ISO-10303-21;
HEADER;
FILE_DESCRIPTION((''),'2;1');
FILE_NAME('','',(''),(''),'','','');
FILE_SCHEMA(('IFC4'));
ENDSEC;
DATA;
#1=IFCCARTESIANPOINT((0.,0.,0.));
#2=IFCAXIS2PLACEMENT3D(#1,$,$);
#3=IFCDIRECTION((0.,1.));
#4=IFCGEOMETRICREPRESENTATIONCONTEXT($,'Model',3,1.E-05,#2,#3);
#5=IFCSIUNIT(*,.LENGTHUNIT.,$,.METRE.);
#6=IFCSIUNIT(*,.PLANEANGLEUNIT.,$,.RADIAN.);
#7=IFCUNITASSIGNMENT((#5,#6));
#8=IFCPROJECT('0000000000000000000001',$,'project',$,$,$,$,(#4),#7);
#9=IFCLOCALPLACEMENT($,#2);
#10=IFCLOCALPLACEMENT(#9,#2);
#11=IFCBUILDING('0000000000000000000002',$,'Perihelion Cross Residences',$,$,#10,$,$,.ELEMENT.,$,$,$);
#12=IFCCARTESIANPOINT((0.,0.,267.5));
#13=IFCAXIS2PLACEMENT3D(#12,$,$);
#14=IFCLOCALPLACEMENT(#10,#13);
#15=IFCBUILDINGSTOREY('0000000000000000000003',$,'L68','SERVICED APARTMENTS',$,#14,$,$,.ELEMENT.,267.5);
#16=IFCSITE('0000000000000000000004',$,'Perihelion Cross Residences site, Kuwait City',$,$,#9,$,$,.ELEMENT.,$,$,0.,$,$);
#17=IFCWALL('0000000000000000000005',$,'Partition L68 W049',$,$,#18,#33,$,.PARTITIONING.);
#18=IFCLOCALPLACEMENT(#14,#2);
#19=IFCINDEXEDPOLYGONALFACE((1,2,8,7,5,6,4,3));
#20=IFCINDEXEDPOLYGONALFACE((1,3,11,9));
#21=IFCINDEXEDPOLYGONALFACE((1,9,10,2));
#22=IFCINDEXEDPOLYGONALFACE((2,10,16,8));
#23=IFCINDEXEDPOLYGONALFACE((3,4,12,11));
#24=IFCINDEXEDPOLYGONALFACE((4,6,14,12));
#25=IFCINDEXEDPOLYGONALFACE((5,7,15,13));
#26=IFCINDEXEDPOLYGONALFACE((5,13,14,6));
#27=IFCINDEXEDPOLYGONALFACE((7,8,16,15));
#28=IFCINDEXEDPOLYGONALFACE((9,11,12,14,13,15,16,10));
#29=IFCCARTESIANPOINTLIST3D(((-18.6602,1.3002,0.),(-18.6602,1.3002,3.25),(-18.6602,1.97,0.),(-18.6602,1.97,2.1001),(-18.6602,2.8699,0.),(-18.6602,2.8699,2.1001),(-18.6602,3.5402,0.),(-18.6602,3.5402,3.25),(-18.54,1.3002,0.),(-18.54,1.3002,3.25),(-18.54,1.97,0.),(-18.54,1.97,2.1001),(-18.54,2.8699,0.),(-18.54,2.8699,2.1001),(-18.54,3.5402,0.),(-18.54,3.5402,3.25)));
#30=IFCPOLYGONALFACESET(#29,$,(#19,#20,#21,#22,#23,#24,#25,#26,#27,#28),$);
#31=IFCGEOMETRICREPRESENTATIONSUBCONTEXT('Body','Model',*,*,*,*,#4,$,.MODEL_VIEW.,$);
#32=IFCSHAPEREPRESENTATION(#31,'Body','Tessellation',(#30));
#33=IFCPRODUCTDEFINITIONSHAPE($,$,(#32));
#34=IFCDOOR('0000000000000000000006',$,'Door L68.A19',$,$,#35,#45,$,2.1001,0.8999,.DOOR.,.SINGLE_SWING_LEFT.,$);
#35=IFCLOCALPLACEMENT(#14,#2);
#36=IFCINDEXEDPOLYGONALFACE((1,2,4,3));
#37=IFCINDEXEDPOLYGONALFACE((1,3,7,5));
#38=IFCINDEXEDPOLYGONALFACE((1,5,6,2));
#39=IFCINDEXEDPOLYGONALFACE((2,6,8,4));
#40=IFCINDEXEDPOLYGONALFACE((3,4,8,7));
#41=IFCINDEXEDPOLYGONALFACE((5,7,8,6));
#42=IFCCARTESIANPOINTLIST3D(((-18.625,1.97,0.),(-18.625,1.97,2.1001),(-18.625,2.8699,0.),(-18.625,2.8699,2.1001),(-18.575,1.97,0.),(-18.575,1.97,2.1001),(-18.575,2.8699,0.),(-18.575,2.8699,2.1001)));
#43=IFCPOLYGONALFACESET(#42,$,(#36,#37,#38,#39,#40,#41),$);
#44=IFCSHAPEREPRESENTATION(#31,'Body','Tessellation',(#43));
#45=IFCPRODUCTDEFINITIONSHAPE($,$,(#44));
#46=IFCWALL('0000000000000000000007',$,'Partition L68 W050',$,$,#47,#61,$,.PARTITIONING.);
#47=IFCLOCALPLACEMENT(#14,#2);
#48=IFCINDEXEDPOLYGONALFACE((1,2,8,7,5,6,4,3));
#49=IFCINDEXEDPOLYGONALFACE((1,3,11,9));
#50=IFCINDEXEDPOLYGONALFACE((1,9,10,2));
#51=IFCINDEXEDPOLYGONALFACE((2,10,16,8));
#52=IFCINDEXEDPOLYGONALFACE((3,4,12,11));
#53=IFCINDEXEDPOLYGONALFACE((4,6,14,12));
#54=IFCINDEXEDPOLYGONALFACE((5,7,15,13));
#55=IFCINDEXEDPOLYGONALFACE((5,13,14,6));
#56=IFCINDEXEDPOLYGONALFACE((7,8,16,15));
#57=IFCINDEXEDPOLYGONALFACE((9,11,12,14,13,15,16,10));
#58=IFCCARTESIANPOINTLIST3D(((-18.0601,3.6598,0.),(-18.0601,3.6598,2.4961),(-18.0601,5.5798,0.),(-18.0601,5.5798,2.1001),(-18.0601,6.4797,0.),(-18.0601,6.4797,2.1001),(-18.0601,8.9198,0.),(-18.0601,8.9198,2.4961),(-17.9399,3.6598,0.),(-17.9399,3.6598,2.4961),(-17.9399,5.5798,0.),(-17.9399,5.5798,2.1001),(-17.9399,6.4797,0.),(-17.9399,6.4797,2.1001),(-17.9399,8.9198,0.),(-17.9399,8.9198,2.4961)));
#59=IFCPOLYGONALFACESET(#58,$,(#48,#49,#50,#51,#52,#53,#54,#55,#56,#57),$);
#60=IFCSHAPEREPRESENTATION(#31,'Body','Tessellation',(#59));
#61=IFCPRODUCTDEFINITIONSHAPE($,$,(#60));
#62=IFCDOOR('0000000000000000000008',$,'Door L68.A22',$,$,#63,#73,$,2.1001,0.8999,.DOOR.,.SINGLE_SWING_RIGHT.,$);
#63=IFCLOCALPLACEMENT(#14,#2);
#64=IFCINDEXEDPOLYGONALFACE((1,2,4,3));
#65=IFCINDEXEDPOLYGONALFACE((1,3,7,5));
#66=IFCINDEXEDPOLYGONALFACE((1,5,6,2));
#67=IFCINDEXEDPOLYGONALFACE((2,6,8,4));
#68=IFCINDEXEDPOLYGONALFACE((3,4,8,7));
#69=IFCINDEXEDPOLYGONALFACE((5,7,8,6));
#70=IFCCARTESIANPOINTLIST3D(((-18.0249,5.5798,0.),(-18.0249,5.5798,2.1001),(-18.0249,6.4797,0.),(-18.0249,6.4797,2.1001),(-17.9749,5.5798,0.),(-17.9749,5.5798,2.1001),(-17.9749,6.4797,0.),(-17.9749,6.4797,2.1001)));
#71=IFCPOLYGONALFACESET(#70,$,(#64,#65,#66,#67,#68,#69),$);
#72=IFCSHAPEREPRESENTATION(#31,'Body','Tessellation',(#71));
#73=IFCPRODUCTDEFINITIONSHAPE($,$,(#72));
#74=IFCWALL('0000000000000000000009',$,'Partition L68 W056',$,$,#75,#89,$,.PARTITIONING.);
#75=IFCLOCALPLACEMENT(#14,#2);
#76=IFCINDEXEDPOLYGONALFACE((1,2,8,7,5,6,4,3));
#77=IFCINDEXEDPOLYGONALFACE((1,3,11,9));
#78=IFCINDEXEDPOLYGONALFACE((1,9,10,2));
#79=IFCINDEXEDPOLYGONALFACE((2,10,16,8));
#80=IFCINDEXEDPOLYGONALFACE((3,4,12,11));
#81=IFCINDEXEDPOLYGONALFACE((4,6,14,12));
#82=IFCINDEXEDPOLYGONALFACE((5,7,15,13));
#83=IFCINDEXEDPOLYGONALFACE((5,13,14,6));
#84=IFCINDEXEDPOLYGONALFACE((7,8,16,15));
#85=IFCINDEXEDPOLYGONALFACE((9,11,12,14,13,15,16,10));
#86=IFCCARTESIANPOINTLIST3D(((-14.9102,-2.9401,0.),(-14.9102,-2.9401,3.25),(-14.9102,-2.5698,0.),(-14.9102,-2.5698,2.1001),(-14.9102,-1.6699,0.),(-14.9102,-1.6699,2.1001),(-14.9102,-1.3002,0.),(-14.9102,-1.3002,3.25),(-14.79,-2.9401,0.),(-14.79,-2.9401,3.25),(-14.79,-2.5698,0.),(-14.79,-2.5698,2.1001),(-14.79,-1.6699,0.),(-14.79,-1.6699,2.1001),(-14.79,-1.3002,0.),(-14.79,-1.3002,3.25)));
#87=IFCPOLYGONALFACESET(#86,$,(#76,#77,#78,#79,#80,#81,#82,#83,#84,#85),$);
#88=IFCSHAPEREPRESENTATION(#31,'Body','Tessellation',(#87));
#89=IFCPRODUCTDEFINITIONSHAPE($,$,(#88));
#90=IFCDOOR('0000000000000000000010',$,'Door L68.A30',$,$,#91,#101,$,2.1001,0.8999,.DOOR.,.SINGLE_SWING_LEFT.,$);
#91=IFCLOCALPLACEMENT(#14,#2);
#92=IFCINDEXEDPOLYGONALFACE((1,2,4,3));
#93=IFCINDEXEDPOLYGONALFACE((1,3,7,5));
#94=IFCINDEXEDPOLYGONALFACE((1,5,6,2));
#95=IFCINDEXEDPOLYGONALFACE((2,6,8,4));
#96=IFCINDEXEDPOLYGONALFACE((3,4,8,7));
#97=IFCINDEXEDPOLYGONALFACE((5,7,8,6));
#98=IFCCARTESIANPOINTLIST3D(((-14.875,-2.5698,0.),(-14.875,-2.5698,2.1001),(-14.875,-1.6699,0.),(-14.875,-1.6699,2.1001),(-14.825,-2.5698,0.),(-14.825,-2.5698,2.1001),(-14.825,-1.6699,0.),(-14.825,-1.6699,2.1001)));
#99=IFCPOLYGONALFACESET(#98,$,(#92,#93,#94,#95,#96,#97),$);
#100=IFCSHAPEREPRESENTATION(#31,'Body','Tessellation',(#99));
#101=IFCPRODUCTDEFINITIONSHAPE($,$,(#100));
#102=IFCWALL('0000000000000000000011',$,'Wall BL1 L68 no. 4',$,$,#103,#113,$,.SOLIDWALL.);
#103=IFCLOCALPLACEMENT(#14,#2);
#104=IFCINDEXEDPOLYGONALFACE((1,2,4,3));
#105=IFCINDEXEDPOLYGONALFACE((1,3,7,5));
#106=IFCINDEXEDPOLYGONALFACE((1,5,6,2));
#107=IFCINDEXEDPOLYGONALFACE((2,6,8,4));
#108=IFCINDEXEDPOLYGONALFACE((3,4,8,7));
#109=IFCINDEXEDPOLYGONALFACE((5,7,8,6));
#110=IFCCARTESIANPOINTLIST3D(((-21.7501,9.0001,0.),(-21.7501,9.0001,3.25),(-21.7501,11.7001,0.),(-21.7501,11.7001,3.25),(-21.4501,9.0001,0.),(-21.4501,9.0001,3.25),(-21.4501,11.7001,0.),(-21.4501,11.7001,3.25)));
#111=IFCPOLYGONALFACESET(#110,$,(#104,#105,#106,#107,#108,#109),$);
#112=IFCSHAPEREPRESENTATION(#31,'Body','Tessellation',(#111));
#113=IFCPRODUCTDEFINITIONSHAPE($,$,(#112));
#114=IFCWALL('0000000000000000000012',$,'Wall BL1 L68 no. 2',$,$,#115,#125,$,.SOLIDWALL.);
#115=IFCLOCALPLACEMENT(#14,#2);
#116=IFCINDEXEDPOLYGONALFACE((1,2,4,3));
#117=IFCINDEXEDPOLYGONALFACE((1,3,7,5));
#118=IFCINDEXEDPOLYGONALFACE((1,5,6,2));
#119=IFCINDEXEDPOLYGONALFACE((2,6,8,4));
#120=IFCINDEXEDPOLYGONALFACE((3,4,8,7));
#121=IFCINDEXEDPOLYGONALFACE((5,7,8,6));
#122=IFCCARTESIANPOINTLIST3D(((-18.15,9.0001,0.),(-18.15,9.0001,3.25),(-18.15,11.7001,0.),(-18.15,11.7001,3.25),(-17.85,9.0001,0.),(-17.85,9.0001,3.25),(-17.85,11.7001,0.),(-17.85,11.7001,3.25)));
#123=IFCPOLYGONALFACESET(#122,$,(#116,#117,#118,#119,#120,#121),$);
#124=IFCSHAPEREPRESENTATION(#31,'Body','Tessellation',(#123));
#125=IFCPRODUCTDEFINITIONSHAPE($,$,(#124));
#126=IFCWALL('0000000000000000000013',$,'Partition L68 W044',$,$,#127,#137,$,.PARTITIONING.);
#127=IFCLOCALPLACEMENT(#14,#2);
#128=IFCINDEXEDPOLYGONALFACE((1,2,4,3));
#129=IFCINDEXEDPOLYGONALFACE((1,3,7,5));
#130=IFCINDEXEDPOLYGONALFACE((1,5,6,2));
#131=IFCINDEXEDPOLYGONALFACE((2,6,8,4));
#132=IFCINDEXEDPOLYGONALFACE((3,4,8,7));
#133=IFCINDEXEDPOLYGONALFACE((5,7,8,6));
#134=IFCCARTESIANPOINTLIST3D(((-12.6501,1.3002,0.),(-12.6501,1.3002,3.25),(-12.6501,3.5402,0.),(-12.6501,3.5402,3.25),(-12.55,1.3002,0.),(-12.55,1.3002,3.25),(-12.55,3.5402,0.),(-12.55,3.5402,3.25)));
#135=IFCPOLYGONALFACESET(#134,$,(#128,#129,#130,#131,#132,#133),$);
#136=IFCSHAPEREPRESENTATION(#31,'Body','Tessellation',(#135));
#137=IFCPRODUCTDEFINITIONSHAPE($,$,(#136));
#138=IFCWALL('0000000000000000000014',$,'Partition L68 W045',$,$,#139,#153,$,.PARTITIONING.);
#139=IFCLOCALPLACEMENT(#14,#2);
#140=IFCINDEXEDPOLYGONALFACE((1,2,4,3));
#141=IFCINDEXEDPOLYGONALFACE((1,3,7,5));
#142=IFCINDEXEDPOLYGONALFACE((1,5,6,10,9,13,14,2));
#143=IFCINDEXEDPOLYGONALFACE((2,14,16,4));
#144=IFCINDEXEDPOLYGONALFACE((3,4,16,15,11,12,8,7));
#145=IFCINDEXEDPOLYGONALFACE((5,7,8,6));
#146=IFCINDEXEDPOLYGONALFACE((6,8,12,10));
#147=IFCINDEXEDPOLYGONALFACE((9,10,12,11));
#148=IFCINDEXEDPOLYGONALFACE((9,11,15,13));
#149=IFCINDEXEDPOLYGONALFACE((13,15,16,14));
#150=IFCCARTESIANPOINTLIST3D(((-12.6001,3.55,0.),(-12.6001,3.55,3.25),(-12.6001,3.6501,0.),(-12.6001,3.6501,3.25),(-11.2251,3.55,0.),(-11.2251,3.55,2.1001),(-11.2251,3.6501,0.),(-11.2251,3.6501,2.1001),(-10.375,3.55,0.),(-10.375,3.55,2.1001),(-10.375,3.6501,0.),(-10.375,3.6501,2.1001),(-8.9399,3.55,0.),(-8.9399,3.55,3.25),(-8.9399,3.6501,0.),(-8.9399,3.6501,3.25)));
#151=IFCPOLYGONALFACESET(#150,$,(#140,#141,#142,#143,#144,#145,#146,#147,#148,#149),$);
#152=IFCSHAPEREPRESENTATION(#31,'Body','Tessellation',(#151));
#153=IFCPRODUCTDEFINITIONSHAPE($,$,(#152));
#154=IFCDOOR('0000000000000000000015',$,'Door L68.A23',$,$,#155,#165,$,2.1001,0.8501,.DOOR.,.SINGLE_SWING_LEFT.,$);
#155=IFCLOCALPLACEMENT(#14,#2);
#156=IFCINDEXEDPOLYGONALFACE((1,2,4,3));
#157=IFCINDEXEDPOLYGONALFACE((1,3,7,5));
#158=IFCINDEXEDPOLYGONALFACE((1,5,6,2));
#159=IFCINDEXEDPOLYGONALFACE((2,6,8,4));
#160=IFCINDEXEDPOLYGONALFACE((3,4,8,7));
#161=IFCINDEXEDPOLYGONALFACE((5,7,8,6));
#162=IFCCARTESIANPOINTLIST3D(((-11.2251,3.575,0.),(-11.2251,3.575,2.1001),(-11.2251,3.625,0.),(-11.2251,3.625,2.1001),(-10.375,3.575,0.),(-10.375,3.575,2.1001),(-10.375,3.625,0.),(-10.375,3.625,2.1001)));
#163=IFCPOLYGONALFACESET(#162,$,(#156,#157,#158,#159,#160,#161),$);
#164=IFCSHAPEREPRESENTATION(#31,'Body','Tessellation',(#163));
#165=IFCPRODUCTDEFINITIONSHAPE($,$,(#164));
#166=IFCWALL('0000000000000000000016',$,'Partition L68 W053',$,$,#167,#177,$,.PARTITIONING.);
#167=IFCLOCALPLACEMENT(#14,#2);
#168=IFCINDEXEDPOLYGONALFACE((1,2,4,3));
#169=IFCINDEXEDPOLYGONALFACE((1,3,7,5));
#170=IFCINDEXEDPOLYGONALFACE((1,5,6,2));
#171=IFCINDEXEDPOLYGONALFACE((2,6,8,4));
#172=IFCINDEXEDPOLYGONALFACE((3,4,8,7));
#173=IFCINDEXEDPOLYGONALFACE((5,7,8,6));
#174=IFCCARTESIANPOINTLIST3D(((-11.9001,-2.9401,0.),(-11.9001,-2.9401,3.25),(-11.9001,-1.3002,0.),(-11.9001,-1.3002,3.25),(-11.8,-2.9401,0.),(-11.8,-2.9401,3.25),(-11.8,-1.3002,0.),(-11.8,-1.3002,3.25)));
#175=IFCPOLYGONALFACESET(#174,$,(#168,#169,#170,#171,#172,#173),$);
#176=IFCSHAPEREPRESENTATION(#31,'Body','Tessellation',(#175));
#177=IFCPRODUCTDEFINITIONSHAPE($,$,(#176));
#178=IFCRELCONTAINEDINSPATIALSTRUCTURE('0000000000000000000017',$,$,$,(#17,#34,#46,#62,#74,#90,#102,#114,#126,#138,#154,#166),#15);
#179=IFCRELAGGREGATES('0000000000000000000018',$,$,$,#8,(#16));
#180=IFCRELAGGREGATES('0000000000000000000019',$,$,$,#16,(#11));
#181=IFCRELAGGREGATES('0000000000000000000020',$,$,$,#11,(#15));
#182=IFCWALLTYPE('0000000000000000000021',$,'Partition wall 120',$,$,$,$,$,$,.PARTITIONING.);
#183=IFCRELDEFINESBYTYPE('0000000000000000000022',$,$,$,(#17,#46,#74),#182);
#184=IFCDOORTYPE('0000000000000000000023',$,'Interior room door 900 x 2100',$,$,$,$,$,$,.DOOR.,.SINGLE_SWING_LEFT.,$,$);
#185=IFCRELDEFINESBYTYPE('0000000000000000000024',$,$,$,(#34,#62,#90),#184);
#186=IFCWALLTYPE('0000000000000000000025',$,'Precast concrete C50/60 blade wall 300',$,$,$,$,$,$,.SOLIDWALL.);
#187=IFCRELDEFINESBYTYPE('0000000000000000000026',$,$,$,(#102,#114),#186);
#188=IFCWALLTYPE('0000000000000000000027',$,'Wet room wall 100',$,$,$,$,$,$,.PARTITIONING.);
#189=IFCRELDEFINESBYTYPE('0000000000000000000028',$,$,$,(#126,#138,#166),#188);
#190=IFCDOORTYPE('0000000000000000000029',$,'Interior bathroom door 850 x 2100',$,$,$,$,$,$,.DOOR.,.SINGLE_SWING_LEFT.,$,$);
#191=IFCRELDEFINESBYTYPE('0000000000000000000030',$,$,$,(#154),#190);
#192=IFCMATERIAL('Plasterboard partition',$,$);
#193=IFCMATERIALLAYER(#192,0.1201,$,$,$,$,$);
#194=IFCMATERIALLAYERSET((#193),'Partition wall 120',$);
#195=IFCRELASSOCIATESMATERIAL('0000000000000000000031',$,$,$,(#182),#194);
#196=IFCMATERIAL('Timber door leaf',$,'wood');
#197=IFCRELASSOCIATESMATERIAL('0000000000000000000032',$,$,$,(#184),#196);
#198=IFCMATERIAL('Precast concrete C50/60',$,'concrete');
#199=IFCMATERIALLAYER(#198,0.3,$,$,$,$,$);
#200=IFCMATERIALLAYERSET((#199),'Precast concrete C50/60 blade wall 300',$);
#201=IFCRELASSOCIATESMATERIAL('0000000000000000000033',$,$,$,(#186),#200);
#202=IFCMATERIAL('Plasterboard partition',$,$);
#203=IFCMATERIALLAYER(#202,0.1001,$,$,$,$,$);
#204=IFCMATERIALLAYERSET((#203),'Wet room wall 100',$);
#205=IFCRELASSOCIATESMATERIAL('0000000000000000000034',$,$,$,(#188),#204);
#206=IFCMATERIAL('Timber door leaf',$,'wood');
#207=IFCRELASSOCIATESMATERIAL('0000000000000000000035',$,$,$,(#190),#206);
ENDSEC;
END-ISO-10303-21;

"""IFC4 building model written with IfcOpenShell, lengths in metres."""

from ifc_helpers import new_model, si_unit, direction, frame, frame_2d, origin, place, context, subcontext, project, spatial, rectangle, extrude, material, layer, layer_set, type_object, element, fill, save


model = new_model("IFC4")

# Units and contexts
model_context = context("Model", 3, precision=1e-05, world=origin(), true_north=direction((0.0, 1.0)))
body_context = subcontext(model_context, "Body", "Model", "MODEL_VIEW")
ifc_project = project(units=[si_unit("LENGTHUNIT", "METRE"), si_unit("PLANEANGLEUNIT", "RADIAN")], contexts=[model_context])

# Site, building, storey
site_placement = place(None, origin())
site = spatial("IfcSite", under=ifc_project, at=site_placement, Name="Perihelion Cross Residences site, Kuwait City", CompositionType="ELEMENT", RefElevation=0.0)
building_placement = place(site_placement, origin())
building = spatial("IfcBuilding", under=site, at=building_placement, Name="Perihelion Cross Residences", CompositionType="ELEMENT")
storey_placement = place(building_placement, frame((0.0, 0.0, 267.5)))
storey = spatial("IfcBuildingStorey", under=building, at=storey_placement, Name="L68", Description="SERVICED APARTMENTS", CompositionType="ELEMENT", Elevation=267.5)

# Walls, openings, doors
ifc_material_1 = material(Name="Plasterboard partition")
ifc_layer_1 = layer(ifc_material_1, 0.1201)
ifc_layer_set_1 = layer_set([ifc_layer_1], Name="Partition wall 120")
wall_type_1 = type_object("IfcWallType", Name="Partition wall 120", PredefinedType="PARTITIONING", material=ifc_layer_set_1)
ifc_material_2 = material(Name="Timber door leaf", Category="wood")
door_type_1 = type_object("IfcDoorType", Name="Interior room door 900 x 2100", OperationType="SINGLE_SWING_LEFT", PredefinedType="DOOR", material=ifc_material_2)
wall_1_placement = place(storey_placement, frame((-18.6001, 1.3, 0.0), z_axis=(0.0, 0.0, 1.0), x_axis=(0.0, 1.0, 0.0)))
wall_1 = element("IfcWall", 1, at=wall_1_placement, inside=storey, type_object=wall_type_1, Name="Partition L68 W049", PredefinedType="PARTITIONING", context=body_context, shape_type="SweptSolid", body=[
    extrude(rectangle(XDim=2.24, YDim=0.1201, at=frame_2d((1.1201, 0.0))), origin(), (0.0, 0.0, 1.0), 3.25),
])
opening_1_placement = place(wall_1_placement, frame((0.6699, 0.0, 0.0)))
opening_1 = element("IfcOpeningElement", 2, at=opening_1_placement, cuts=wall_1, PredefinedType="OPENING", context=body_context, shape_type="SweptSolid", body=[
    extrude(rectangle(XDim=0.8999, YDim=2.1001, at=frame_2d((0.45, 1.05))), frame((0.0, 0.0701, 0.0), z_axis=(0.0, -1.0, 0.0), x_axis=(1.0, 0.0, 0.0)), (0.0, 0.0, 1.0), 0.1401),
])
door_1_placement = place(opening_1_placement, origin())
door_1 = element("IfcDoor", 3, at=door_1_placement, inside=storey, type_object=door_type_1, Name="Door L68.A19", OperationType="SINGLE_SWING_LEFT", OverallHeight=2.1001, OverallWidth=0.8999, PredefinedType="DOOR", context=body_context, shape_type="SweptSolid", body=[
    extrude(rectangle(XDim=0.8999, YDim=2.1001, at=frame_2d((0.45, 1.05))), frame((0.0, 0.0249, 0.0), z_axis=(0.0, -1.0, 0.0), x_axis=(1.0, 0.0, 0.0)), (0.0, 0.0, 1.0), 0.05),
])
fill(opening_1, door_1)
wall_2_placement = place(storey_placement, frame((-18.0, 3.6599, 0.0), z_axis=(0.0, 0.0, 1.0), x_axis=(0.0, 1.0, 0.0)))
wall_2 = element("IfcWall", 4, at=wall_2_placement, inside=storey, type_object=wall_type_1, Name="Partition L68 W050", PredefinedType="PARTITIONING", context=body_context, shape_type="SweptSolid", body=[
    extrude(rectangle(XDim=5.26, YDim=0.1201, at=frame_2d((2.6299, 0.0))), origin(), (0.0, 0.0, 1.0), 2.4961),
])
opening_2_placement = place(wall_2_placement, frame((1.9199, 0.0, 0.0)))
opening_2 = element("IfcOpeningElement", 5, at=opening_2_placement, cuts=wall_2, PredefinedType="OPENING", context=body_context, shape_type="SweptSolid", body=[
    extrude(rectangle(XDim=0.8999, YDim=2.1001, at=frame_2d((0.45, 1.05))), frame((0.0, 0.0701, 0.0), z_axis=(0.0, -1.0, 0.0), x_axis=(1.0, 0.0, 0.0)), (0.0, 0.0, 1.0), 0.1401),
])
door_2_placement = place(opening_2_placement, origin())
door_2 = element("IfcDoor", 6, at=door_2_placement, inside=storey, type_object=door_type_1, Name="Door L68.A22", OperationType="SINGLE_SWING_RIGHT", OverallHeight=2.1001, OverallWidth=0.8999, PredefinedType="DOOR", context=body_context, shape_type="SweptSolid", body=[
    extrude(rectangle(XDim=0.8999, YDim=2.1001, at=frame_2d((0.45, 1.05))), frame((0.0, 0.0249, 0.0), z_axis=(0.0, -1.0, 0.0), x_axis=(1.0, 0.0, 0.0)), (0.0, 0.0, 1.0), 0.05),
])
fill(opening_2, door_2)
wall_3_placement = place(storey_placement, frame((-14.8501, -2.9399, 0.0), z_axis=(0.0, 0.0, 1.0), x_axis=(0.0, 1.0, 0.0)))
wall_3 = element("IfcWall", 7, at=wall_3_placement, inside=storey, type_object=wall_type_1, Name="Partition L68 W056", PredefinedType="PARTITIONING", context=body_context, shape_type="SweptSolid", body=[
    extrude(rectangle(XDim=1.6399, YDim=0.1201, at=frame_2d((0.8198, 0.0))), origin(), (0.0, 0.0, 1.0), 3.25),
])
opening_3_placement = place(wall_3_placement, frame((0.3701, 0.0, 0.0)))
opening_3 = element("IfcOpeningElement", 8, at=opening_3_placement, cuts=wall_3, PredefinedType="OPENING", context=body_context, shape_type="SweptSolid", body=[
    extrude(rectangle(XDim=0.8999, YDim=2.1001, at=frame_2d((0.45, 1.05))), frame((0.0, 0.0701, 0.0), z_axis=(0.0, -1.0, 0.0), x_axis=(1.0, 0.0, 0.0)), (0.0, 0.0, 1.0), 0.1401),
])
door_3_placement = place(opening_3_placement, origin())
door_3 = element("IfcDoor", 9, at=door_3_placement, inside=storey, type_object=door_type_1, Name="Door L68.A30", OperationType="SINGLE_SWING_LEFT", OverallHeight=2.1001, OverallWidth=0.8999, PredefinedType="DOOR", context=body_context, shape_type="SweptSolid", body=[
    extrude(rectangle(XDim=0.8999, YDim=2.1001, at=frame_2d((0.45, 1.05))), frame((0.0, 0.0249, 0.0), z_axis=(0.0, -1.0, 0.0), x_axis=(1.0, 0.0, 0.0)), (0.0, 0.0, 1.0), 0.05),
])
fill(opening_3, door_3)

# Walls
ifc_material_3 = material(Name="Precast concrete C50/60", Category="concrete")
ifc_layer_2 = layer(ifc_material_3, 0.3)
ifc_layer_set_2 = layer_set([ifc_layer_2], Name="Precast concrete C50/60 blade wall 300")
wall_type_2 = type_object("IfcWallType", Name="Precast concrete C50/60 blade wall 300", PredefinedType="SOLIDWALL", material=ifc_layer_set_2)
for number, where, z_axis, x_axis, name in (
    (10, (-21.6001, 9.0, 0.0), (0.0, 0.0, 1.0), (0.0, 1.0, 0.0), "Wall BL1 L68 no. 4"),
    (11, (-18.0, 9.0, 0.0), (0.0, 0.0, 1.0), (0.0, 1.0, 0.0), "Wall BL1 L68 no. 2"),
):
    element("IfcWall", number, at=place(storey_placement, frame(where, z_axis=z_axis, x_axis=x_axis)), inside=storey, type_object=wall_type_2, Name=name, PredefinedType="SOLIDWALL", context=body_context, shape_type="SweptSolid", body=[
        extrude(rectangle(XDim=2.7, YDim=0.3, at=frame_2d((1.3501, 0.0))), origin(), (0.0, 0.0, 1.0), 3.25),
    ])
ifc_material_4 = material(Name="Plasterboard partition")
ifc_layer_3 = layer(ifc_material_4, 0.1001)
ifc_layer_set_3 = layer_set([ifc_layer_3], Name="Wet room wall 100")
wall_type_3 = type_object("IfcWallType", Name="Wet room wall 100", PredefinedType="PARTITIONING", material=ifc_layer_set_3)
wall_4_placement = place(storey_placement, frame((-12.6001, 1.3, 0.0), z_axis=(0.0, 0.0, 1.0), x_axis=(0.0, 1.0, 0.0)))
element("IfcWall", 12, at=wall_4_placement, inside=storey, type_object=wall_type_3, Name="Partition L68 W044", PredefinedType="PARTITIONING", context=body_context, shape_type="SweptSolid", body=[
    extrude(rectangle(XDim=2.24, YDim=0.1001, at=frame_2d((1.1201, 0.0))), origin(), (0.0, 0.0, 1.0), 3.25),
])

# Wall, opening, door
wall_5_placement = place(storey_placement, frame((-12.6001, 3.6001, 0.0), z_axis=(0.0, 0.0, 1.0), x_axis=(1.0, 0.0, 0.0)))
wall_5 = element("IfcWall", 13, at=wall_5_placement, inside=storey, type_object=wall_type_3, Name="Partition L68 W045", PredefinedType="PARTITIONING", context=body_context, shape_type="SweptSolid", body=[
    extrude(rectangle(XDim=3.6602, YDim=0.1001, at=frame_2d((1.8301, 0.0))), origin(), (0.0, 0.0, 1.0), 3.25),
])
opening_4_placement = place(wall_5_placement, frame((1.375, 0.0, 0.0)))
opening_4 = element("IfcOpeningElement", 14, at=opening_4_placement, cuts=wall_5, PredefinedType="OPENING", context=body_context, shape_type="SweptSolid", body=[
    extrude(rectangle(XDim=0.8501, YDim=2.1001, at=frame_2d((0.425, 1.05))), frame((0.0, 0.0601, 0.0), z_axis=(0.0, -1.0, 0.0), x_axis=(1.0, 0.0, 0.0)), (0.0, 0.0, 1.0), 0.1201),
])
ifc_material_5 = material(Name="Timber door leaf", Category="wood")
door_type_2 = type_object("IfcDoorType", Name="Interior bathroom door 850 x 2100", OperationType="SINGLE_SWING_LEFT", PredefinedType="DOOR", material=ifc_material_5)
door_4_placement = place(opening_4_placement, origin())
door_4 = element("IfcDoor", 15, at=door_4_placement, inside=storey, type_object=door_type_2, Name="Door L68.A23", OperationType="SINGLE_SWING_LEFT", OverallHeight=2.1001, OverallWidth=0.8501, PredefinedType="DOOR", context=body_context, shape_type="SweptSolid", body=[
    extrude(rectangle(XDim=0.8501, YDim=2.1001, at=frame_2d((0.425, 1.05))), frame((0.0, 0.0249, 0.0), z_axis=(0.0, -1.0, 0.0), x_axis=(1.0, 0.0, 0.0)), (0.0, 0.0, 1.0), 0.05),
])
fill(opening_4, door_4)

# Wall
wall_6_placement = place(storey_placement, frame((-11.8501, -2.9399, 0.0), z_axis=(0.0, 0.0, 1.0), x_axis=(0.0, 1.0, 0.0)))
element("IfcWall", 16, at=wall_6_placement, inside=storey, type_object=wall_type_3, Name="Partition L68 W053", PredefinedType="PARTITIONING", context=body_context, shape_type="SweptSolid", body=[
    extrude(rectangle(XDim=1.6399, YDim=0.1001, at=frame_2d((0.8198, 0.0))), origin(), (0.0, 0.0, 1.0), 3.25),
])

save(model, "model.ifc")
